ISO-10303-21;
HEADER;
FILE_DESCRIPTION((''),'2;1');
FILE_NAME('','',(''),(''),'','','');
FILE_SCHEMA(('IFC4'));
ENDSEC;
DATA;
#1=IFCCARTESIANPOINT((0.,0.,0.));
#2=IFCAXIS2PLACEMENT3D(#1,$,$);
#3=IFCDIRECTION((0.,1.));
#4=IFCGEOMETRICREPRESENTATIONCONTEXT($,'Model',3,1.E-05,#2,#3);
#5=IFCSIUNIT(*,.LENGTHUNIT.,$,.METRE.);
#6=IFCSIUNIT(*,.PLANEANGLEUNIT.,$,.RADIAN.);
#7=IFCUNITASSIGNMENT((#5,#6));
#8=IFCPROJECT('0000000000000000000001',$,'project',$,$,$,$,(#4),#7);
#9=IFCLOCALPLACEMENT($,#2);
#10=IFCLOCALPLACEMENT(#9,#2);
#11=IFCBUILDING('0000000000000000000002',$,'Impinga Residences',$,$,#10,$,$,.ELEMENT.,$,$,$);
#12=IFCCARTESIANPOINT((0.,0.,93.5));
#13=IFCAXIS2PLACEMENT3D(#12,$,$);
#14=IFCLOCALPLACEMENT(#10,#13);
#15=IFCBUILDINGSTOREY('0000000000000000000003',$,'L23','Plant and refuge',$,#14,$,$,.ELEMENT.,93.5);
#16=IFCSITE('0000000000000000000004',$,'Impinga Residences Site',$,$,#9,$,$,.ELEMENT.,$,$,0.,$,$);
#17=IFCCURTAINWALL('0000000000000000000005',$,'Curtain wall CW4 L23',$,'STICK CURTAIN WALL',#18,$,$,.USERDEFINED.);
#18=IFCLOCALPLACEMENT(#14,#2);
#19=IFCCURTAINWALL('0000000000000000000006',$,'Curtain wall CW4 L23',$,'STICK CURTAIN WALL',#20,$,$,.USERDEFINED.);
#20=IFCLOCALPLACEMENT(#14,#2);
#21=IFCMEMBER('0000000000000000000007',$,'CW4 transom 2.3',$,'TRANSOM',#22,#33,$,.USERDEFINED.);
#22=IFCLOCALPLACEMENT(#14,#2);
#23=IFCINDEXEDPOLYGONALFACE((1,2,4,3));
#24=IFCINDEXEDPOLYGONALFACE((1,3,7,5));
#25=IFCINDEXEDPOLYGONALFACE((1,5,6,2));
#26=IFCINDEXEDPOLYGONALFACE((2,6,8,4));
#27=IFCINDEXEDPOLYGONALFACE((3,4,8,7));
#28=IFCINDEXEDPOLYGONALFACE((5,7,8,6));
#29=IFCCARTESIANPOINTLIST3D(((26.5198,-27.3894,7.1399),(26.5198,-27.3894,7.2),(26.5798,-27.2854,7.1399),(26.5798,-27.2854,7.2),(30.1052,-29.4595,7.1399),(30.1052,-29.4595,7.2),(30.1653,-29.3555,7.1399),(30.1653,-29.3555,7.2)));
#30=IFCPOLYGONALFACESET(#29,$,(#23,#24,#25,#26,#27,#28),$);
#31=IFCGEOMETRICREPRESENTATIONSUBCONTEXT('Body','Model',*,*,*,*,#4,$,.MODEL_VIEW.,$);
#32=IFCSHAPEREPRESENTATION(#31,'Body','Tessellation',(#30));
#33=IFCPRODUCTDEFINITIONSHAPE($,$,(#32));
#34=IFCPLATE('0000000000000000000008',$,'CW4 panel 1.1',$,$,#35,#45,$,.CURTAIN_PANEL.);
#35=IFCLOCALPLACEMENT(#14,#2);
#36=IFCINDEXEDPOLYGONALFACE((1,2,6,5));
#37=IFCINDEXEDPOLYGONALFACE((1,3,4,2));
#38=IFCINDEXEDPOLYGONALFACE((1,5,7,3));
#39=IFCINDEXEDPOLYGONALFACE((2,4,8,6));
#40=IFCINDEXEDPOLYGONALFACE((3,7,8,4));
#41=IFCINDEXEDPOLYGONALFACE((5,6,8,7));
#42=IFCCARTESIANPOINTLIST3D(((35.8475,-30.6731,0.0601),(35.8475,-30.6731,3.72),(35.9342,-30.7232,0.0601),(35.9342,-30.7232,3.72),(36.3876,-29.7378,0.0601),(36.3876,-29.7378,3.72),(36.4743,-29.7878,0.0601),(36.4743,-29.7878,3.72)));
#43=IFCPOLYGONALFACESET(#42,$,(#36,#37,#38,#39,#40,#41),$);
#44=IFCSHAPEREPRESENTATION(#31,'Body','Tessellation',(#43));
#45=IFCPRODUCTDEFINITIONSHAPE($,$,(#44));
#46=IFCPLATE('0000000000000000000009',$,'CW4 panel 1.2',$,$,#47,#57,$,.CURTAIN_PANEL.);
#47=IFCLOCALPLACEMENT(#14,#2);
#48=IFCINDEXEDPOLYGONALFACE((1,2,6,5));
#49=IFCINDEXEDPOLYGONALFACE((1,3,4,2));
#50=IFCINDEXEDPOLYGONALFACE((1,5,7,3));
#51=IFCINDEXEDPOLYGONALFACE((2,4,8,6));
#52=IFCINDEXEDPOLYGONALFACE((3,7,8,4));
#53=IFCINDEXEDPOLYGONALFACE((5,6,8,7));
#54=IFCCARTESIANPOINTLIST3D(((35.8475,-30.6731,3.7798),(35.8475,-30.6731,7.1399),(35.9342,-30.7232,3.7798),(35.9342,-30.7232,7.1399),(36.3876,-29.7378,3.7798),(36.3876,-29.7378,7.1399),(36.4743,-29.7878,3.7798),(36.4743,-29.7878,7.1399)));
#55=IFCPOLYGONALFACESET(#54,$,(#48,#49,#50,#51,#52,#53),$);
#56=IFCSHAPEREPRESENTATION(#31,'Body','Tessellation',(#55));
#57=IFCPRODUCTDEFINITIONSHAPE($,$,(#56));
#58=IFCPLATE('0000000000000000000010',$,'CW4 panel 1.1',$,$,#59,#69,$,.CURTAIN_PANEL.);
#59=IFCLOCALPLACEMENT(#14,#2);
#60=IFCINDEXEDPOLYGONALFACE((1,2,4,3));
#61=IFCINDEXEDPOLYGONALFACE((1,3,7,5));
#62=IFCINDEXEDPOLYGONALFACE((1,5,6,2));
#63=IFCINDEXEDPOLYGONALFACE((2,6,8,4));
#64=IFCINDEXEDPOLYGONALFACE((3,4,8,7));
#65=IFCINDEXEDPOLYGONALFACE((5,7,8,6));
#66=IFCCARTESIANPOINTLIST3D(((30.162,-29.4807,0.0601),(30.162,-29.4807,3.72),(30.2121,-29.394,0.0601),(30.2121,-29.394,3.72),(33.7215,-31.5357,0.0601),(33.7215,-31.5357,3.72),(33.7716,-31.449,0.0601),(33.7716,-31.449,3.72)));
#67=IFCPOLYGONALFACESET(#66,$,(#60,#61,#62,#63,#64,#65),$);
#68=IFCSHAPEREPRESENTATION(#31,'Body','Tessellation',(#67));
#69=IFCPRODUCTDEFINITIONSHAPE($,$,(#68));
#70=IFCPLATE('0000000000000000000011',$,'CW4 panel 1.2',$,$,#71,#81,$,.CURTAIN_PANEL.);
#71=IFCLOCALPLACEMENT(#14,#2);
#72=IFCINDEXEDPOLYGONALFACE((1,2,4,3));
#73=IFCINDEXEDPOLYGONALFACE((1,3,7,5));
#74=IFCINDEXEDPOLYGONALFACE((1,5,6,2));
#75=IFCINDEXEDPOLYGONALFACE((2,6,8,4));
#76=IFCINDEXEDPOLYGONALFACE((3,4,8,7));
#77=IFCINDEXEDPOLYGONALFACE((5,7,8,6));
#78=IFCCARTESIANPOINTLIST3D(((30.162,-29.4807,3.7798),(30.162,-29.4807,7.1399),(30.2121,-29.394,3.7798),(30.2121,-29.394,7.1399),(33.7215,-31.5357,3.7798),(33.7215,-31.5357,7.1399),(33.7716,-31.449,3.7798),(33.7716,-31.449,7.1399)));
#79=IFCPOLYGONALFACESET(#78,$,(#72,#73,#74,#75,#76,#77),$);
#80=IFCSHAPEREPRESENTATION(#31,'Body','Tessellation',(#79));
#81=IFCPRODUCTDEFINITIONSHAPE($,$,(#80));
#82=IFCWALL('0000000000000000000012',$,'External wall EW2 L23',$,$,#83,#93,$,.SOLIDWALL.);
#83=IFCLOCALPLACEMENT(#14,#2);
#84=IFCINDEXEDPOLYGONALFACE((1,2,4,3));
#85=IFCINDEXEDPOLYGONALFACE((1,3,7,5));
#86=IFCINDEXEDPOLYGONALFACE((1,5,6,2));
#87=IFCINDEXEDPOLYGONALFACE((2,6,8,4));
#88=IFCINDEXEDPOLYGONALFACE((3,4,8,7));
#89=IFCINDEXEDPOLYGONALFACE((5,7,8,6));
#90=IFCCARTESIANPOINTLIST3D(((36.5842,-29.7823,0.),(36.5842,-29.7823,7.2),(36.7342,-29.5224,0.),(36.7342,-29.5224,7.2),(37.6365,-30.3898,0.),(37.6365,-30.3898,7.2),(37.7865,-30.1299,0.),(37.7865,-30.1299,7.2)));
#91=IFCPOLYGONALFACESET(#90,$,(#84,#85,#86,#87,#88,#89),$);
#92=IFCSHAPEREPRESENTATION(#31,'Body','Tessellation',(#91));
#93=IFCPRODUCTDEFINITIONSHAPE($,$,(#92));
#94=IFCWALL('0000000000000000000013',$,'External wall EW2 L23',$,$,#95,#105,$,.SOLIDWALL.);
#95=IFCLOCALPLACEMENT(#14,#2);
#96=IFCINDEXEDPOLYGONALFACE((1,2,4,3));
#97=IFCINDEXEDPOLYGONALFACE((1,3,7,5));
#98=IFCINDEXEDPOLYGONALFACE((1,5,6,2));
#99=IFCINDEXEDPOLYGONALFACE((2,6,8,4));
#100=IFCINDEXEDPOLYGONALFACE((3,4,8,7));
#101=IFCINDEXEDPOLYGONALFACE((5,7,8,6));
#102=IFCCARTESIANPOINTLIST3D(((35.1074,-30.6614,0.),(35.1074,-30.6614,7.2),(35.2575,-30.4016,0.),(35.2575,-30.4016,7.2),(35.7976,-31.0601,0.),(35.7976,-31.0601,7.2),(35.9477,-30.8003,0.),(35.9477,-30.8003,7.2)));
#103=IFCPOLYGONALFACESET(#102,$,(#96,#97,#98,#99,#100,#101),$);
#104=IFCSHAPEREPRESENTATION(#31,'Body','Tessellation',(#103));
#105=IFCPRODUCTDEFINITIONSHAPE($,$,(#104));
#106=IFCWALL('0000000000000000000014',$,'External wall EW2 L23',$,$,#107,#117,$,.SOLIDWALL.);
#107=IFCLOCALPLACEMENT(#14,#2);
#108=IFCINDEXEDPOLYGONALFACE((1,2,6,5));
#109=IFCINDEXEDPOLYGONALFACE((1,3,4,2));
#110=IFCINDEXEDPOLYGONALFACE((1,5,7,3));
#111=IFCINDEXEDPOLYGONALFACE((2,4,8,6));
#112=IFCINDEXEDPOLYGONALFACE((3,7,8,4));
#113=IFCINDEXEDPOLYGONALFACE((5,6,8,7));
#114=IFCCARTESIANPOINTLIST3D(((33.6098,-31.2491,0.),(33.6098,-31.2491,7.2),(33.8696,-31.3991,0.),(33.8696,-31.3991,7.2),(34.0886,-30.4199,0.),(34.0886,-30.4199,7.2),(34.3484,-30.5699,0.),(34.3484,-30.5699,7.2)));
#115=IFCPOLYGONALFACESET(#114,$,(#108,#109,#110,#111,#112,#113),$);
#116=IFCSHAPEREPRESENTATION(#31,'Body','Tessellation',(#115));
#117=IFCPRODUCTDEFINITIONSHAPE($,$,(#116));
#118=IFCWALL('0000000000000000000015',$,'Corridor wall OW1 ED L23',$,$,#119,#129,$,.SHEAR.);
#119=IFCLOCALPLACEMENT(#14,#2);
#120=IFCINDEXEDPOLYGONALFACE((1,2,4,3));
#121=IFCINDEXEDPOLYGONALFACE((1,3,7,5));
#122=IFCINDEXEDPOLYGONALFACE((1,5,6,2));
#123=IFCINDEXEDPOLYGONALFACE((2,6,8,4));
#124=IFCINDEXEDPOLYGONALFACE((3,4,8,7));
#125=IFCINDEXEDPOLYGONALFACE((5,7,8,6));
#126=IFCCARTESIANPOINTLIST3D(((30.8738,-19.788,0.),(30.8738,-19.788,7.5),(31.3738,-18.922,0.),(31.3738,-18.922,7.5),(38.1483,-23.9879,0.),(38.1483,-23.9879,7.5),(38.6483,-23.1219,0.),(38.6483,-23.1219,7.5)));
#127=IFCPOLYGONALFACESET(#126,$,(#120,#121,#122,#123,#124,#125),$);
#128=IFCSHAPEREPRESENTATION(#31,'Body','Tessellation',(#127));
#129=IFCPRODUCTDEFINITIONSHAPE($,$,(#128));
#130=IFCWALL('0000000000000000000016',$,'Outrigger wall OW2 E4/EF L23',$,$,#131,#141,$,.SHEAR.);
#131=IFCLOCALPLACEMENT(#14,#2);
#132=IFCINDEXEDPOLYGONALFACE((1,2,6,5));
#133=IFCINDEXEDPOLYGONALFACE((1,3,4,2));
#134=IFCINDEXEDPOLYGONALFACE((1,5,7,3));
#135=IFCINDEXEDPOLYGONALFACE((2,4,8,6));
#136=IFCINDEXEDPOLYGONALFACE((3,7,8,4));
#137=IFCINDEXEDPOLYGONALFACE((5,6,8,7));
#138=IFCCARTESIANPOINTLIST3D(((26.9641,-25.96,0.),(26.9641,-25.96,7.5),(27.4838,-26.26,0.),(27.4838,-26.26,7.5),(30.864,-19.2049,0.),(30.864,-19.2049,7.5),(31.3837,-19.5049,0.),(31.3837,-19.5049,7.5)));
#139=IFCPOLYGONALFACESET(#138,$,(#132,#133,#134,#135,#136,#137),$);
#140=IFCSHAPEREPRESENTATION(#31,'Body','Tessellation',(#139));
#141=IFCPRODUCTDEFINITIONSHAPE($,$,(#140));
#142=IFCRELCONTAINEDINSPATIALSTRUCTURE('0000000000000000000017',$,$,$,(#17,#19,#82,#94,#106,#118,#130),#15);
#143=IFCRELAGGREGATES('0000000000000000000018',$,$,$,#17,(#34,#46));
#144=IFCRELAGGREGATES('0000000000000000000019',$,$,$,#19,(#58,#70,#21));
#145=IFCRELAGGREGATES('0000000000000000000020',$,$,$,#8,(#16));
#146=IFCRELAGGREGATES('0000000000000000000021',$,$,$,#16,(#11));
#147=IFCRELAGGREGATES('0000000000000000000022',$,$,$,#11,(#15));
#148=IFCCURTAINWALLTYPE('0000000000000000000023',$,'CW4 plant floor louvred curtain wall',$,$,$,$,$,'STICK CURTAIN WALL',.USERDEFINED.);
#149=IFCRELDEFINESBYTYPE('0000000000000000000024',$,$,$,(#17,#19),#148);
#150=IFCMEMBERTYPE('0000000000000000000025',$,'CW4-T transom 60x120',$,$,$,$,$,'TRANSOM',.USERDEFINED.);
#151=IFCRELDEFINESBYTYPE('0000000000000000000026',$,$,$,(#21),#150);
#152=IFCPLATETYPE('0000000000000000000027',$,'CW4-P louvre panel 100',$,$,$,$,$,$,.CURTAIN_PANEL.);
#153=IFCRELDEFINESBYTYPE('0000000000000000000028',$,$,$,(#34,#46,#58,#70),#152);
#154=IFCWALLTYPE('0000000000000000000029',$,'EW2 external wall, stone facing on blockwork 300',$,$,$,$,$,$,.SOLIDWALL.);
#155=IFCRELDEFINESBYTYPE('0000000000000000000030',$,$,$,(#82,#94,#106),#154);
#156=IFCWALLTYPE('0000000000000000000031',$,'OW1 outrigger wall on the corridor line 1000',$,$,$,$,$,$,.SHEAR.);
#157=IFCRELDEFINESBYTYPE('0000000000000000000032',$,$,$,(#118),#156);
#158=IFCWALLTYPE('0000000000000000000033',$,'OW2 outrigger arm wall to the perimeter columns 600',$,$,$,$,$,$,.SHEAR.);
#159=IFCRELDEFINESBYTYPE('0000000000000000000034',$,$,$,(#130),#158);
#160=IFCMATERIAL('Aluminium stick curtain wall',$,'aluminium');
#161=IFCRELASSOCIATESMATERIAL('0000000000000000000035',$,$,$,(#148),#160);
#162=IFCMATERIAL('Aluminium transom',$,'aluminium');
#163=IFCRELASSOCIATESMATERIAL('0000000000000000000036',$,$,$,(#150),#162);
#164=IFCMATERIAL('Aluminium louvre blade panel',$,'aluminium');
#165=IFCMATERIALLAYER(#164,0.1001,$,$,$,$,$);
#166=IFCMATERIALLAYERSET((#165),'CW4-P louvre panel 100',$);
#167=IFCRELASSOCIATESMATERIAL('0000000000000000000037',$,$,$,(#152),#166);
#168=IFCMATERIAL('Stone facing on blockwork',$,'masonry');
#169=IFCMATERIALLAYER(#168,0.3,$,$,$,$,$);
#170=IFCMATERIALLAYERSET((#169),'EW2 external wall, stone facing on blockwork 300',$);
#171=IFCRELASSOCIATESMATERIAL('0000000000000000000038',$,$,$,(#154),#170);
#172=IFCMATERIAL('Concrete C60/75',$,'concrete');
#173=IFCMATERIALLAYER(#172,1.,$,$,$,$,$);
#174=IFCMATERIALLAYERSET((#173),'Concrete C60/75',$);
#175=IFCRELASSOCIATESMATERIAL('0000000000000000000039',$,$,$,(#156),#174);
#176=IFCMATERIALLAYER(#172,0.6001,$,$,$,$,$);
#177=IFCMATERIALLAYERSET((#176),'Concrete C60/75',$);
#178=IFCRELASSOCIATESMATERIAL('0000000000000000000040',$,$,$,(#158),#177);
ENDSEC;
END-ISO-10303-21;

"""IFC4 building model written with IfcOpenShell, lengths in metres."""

from ifc_helpers import new_model, si_unit, direction, frame, frame_2d, origin, origin_2d, place, context, subcontext, project, spatial, rectangle, extrude, material, layer, layer_set, material_profile, profile_set, type_object, element, aggregate, save


model = new_model("IFC4")

# Units and contexts
model_context = context("Model", 3, precision=1e-05, world=origin(), true_north=direction((0.0, 1.0)))
body_context = subcontext(model_context, "Body", "Model", "MODEL_VIEW")
ifc_project = project(units=[si_unit("LENGTHUNIT", "METRE"), si_unit("PLANEANGLEUNIT", "RADIAN")], contexts=[model_context])

# Site, building, storey
site_placement = place(None, origin())
site = spatial("IfcSite", under=ifc_project, at=site_placement, Name="Impinga Residences Site", CompositionType="ELEMENT", RefElevation=0.0)
building_placement = place(site_placement, origin())
building = spatial("IfcBuilding", under=site, at=building_placement, Name="Impinga Residences", CompositionType="ELEMENT")
storey_placement = place(building_placement, frame((0.0, 0.0, 93.5)))
storey = spatial("IfcBuildingStorey", under=building, at=storey_placement, Name="L23", Description="Plant and refuge", CompositionType="ELEMENT", Elevation=93.5)

# Shared definitions
ifc_material_1 = material(Name="Concrete C60/75", Category="concrete")

# Curtain walls
ifc_material_2 = material(Name="Aluminium stick curtain wall", Category="aluminium")
curtain_wall_type = type_object("IfcCurtainWallType", Name="CW4 plant floor louvred curtain wall", ElementType="STICK CURTAIN WALL", PredefinedType="USERDEFINED", material=ifc_material_2)
curtain_wall_1_placement = place(storey_placement, origin())
curtain_wall_1 = element("IfcCurtainWall", 1, at=curtain_wall_1_placement, inside=storey, type_object=curtain_wall_type, Name="Curtain wall CW4 L23", ObjectType="STICK CURTAIN WALL", PredefinedType="USERDEFINED")
curtain_wall_2_placement = place(storey_placement, origin())
curtain_wall_2 = element("IfcCurtainWall", 2, at=curtain_wall_2_placement, inside=storey, type_object=curtain_wall_type, Name="Curtain wall CW4 L23", ObjectType="STICK CURTAIN WALL", PredefinedType="USERDEFINED")

# Member
ifc_material_3 = material(Name="Aluminium transom", Category="aluminium")
ifc_material_profile_1 = material_profile(ifc_material_3, rectangle(XDim=0.0601, YDim=0.1201, at=origin_2d()), Name="60x120 transom")
ifc_profile_set_1 = profile_set([ifc_material_profile_1], Name="Aluminium transom")
member_type_1 = type_object("IfcMemberType", Name="CW4-T transom 60x120", ElementType="TRANSOM", PredefinedType="USERDEFINED", material=ifc_profile_set_1)
member_1_placement = place(storey_placement, frame((30.1353, -29.4075, 7.1699), z_axis=(-0.866025, 0.500002, 0.0), x_axis=(0.0, 0.0, 1.0)))
member_1 = element("IfcMember", 3, at=member_1_placement, type_object=member_type_1, Name="CW4 transom 2.3", ObjectType="TRANSOM", PredefinedType="USERDEFINED", context=body_context, shape_type="SweptSolid", body=[
    extrude(rectangle(XDim=0.0601, YDim=0.1201, at=origin_2d()), origin(), (0.0, 0.0, 1.0), 4.1401),
])

# Plates
ifc_material_4 = material(Name="Aluminium louvre blade panel", Category="aluminium")
ifc_layer_1 = layer(ifc_material_4, 0.1001)
ifc_layer_set_1 = layer_set([ifc_layer_1], Name="CW4-P louvre panel 100")
plate_type = type_object("IfcPlateType", Name="CW4-P louvre panel 100", PredefinedType="CURTAIN_PANEL", material=ifc_layer_set_1)
plate_1_placement = place(storey_placement, frame((36.1609, -30.2305, 0.0601), z_axis=(0.0, 0.0, 1.0), x_axis=(-0.5, -0.866026, 0.0)))
plate_1 = element("IfcPlate", 4, at=plate_1_placement, type_object=plate_type, Name="CW4 panel 1.1", PredefinedType="CURTAIN_PANEL", context=body_context, shape_type="SweptSolid", body=[
    extrude(rectangle(XDim=1.0801, YDim=0.1001, at=origin_2d()), origin(), (0.0, 0.0, 1.0), 3.6599),
])
plate_2_placement = place(storey_placement, frame((36.1609, -30.2305, 3.7798), z_axis=(0.0, 0.0, 1.0), x_axis=(-0.5, -0.866026, 0.0)))
plate_2 = element("IfcPlate", 5, at=plate_2_placement, type_object=plate_type, Name="CW4 panel 1.2", PredefinedType="CURTAIN_PANEL", context=body_context, shape_type="SweptSolid", body=[
    extrude(rectangle(XDim=1.0801, YDim=0.1001, at=origin_2d()), origin(), (0.0, 0.0, 1.0), 3.3601),
])
aggregate(curtain_wall_1, [plate_1, plate_2])
plate_3_placement = place(storey_placement, frame((31.9668, -30.4648, 0.0601), z_axis=(0.0, 0.0, 1.0), x_axis=(-0.866025, 0.5, 0.0)))
plate_3 = element("IfcPlate", 6, at=plate_3_placement, type_object=plate_type, Name="CW4 panel 1.1", PredefinedType="CURTAIN_PANEL", context=body_context, shape_type="SweptSolid", body=[
    extrude(rectangle(XDim=4.1101, YDim=0.1001, at=origin_2d()), origin(), (0.0, 0.0, 1.0), 3.6599),
])
plate_4_placement = place(storey_placement, frame((31.9668, -30.4648, 3.7798), z_axis=(0.0, 0.0, 1.0), x_axis=(-0.866025, 0.5, 0.0)))
plate_4 = element("IfcPlate", 7, at=plate_4_placement, type_object=plate_type, Name="CW4 panel 1.2", PredefinedType="CURTAIN_PANEL", context=body_context, shape_type="SweptSolid", body=[
    extrude(rectangle(XDim=4.1101, YDim=0.1001, at=origin_2d()), origin(), (0.0, 0.0, 1.0), 3.3601),
])
aggregate(curtain_wall_2, [plate_3, plate_4, member_1])

# Walls
ifc_material_5 = material(Name="Stone facing on blockwork", Category="masonry")
ifc_layer_2 = layer(ifc_material_5, 0.3)
ifc_layer_set_2 = layer_set([ifc_layer_2], Name="EW2 external wall, stone facing on blockwork 300")
wall_type_1 = type_object("IfcWallType", Name="EW2 external wall, stone facing on blockwork 300", PredefinedType="SOLIDWALL", material=ifc_layer_set_2)
wall_1_placement = place(storey_placement, frame((37.7114, -30.2598, 0.0), z_axis=(0.0, 0.0, 1.0), x_axis=(-0.866058, 0.499943, 0.0)))
element("IfcWall", 8, at=wall_1_placement, inside=storey, type_object=wall_type_1, Name="External wall EW2 L23", PredefinedType="SOLIDWALL", context=body_context, shape_type="SweptSolid", body=[
    extrude(rectangle(XDim=1.2151, YDim=0.3, at=frame_2d((0.6074, 0.0))), origin(), (0.0, 0.0, 1.0), 7.2),
])
wall_2_placement = place(storey_placement, frame((35.8726, -30.9302, 0.0), z_axis=(0.0, 0.0, 1.0), x_axis=(-0.865915, 0.500191, 0.0)))
element("IfcWall", 9, at=wall_2_placement, inside=storey, type_object=wall_type_1, Name="External wall EW2 L23", PredefinedType="SOLIDWALL", context=body_context, shape_type="SweptSolid", body=[
    extrude(rectangle(XDim=0.7971, YDim=0.3, at=frame_2d((0.3984, 0.0))), origin(), (0.0, 0.0, 1.0), 7.2),
])
wall_3_placement = place(storey_placement, frame((34.2185, -30.4949, 0.0), z_axis=(0.0, 0.0, 1.0), x_axis=(-0.500061, -0.86599, 0.0)))
element("IfcWall", 10, at=wall_3_placement, inside=storey, type_object=wall_type_1, Name="External wall EW2 L23", PredefinedType="SOLIDWALL", context=body_context, shape_type="SweptSolid", body=[
    extrude(rectangle(XDim=0.9575, YDim=0.3, at=frame_2d((0.4788, 0.0))), origin(), (0.0, 0.0, 1.0), 7.2),
])
ifc_layer_3 = layer(ifc_material_1, 1.0)
ifc_layer_set_3 = layer_set([ifc_layer_3], Name="Concrete C60/75")
wall_type_2 = type_object("IfcWallType", Name="OW1 outrigger wall on the corridor line 1000", PredefinedType="SHEAR", material=ifc_layer_set_3)
wall_4_placement = place(storey_placement, frame((31.1238, -19.355, 0.0), z_axis=(0.0, 0.0, 1.0), x_axis=(0.866029, -0.499993, 0.0)))
element("IfcWall", 11, at=wall_4_placement, inside=storey, type_object=wall_type_2, Name="Corridor wall OW1 ED L23", PredefinedType="SHEAR", context=body_context, shape_type="SweptSolid", body=[
    extrude(rectangle(XDim=8.3999, YDim=1.0, at=frame_2d((4.2, 0.0))), origin(), (0.0, 0.0, 1.0), 7.5),
])
ifc_layer_4 = layer(ifc_material_1, 0.6001)
ifc_layer_set_4 = layer_set([ifc_layer_4], Name="Concrete C60/75")
wall_type_3 = type_object("IfcWallType", Name="OW2 outrigger arm wall to the perimeter columns 600", PredefinedType="SHEAR", material=ifc_layer_set_4)
wall_5_placement = place(storey_placement, frame((31.1238, -19.355, 0.0), z_axis=(0.0, 0.0, 1.0), x_axis=(-0.499983, -0.866035, 0.0)))
element("IfcWall", 12, at=wall_5_placement, inside=storey, type_object=wall_type_3, Name="Outrigger wall OW2 E4/EF L23", PredefinedType="SHEAR", context=body_context, shape_type="SweptSolid", body=[
    extrude(rectangle(XDim=7.8, YDim=0.6001, at=frame_2d((3.8999, 0.0))), origin(), (0.0, 0.0, 1.0), 7.5),
])

save(model, "model.ifc")
